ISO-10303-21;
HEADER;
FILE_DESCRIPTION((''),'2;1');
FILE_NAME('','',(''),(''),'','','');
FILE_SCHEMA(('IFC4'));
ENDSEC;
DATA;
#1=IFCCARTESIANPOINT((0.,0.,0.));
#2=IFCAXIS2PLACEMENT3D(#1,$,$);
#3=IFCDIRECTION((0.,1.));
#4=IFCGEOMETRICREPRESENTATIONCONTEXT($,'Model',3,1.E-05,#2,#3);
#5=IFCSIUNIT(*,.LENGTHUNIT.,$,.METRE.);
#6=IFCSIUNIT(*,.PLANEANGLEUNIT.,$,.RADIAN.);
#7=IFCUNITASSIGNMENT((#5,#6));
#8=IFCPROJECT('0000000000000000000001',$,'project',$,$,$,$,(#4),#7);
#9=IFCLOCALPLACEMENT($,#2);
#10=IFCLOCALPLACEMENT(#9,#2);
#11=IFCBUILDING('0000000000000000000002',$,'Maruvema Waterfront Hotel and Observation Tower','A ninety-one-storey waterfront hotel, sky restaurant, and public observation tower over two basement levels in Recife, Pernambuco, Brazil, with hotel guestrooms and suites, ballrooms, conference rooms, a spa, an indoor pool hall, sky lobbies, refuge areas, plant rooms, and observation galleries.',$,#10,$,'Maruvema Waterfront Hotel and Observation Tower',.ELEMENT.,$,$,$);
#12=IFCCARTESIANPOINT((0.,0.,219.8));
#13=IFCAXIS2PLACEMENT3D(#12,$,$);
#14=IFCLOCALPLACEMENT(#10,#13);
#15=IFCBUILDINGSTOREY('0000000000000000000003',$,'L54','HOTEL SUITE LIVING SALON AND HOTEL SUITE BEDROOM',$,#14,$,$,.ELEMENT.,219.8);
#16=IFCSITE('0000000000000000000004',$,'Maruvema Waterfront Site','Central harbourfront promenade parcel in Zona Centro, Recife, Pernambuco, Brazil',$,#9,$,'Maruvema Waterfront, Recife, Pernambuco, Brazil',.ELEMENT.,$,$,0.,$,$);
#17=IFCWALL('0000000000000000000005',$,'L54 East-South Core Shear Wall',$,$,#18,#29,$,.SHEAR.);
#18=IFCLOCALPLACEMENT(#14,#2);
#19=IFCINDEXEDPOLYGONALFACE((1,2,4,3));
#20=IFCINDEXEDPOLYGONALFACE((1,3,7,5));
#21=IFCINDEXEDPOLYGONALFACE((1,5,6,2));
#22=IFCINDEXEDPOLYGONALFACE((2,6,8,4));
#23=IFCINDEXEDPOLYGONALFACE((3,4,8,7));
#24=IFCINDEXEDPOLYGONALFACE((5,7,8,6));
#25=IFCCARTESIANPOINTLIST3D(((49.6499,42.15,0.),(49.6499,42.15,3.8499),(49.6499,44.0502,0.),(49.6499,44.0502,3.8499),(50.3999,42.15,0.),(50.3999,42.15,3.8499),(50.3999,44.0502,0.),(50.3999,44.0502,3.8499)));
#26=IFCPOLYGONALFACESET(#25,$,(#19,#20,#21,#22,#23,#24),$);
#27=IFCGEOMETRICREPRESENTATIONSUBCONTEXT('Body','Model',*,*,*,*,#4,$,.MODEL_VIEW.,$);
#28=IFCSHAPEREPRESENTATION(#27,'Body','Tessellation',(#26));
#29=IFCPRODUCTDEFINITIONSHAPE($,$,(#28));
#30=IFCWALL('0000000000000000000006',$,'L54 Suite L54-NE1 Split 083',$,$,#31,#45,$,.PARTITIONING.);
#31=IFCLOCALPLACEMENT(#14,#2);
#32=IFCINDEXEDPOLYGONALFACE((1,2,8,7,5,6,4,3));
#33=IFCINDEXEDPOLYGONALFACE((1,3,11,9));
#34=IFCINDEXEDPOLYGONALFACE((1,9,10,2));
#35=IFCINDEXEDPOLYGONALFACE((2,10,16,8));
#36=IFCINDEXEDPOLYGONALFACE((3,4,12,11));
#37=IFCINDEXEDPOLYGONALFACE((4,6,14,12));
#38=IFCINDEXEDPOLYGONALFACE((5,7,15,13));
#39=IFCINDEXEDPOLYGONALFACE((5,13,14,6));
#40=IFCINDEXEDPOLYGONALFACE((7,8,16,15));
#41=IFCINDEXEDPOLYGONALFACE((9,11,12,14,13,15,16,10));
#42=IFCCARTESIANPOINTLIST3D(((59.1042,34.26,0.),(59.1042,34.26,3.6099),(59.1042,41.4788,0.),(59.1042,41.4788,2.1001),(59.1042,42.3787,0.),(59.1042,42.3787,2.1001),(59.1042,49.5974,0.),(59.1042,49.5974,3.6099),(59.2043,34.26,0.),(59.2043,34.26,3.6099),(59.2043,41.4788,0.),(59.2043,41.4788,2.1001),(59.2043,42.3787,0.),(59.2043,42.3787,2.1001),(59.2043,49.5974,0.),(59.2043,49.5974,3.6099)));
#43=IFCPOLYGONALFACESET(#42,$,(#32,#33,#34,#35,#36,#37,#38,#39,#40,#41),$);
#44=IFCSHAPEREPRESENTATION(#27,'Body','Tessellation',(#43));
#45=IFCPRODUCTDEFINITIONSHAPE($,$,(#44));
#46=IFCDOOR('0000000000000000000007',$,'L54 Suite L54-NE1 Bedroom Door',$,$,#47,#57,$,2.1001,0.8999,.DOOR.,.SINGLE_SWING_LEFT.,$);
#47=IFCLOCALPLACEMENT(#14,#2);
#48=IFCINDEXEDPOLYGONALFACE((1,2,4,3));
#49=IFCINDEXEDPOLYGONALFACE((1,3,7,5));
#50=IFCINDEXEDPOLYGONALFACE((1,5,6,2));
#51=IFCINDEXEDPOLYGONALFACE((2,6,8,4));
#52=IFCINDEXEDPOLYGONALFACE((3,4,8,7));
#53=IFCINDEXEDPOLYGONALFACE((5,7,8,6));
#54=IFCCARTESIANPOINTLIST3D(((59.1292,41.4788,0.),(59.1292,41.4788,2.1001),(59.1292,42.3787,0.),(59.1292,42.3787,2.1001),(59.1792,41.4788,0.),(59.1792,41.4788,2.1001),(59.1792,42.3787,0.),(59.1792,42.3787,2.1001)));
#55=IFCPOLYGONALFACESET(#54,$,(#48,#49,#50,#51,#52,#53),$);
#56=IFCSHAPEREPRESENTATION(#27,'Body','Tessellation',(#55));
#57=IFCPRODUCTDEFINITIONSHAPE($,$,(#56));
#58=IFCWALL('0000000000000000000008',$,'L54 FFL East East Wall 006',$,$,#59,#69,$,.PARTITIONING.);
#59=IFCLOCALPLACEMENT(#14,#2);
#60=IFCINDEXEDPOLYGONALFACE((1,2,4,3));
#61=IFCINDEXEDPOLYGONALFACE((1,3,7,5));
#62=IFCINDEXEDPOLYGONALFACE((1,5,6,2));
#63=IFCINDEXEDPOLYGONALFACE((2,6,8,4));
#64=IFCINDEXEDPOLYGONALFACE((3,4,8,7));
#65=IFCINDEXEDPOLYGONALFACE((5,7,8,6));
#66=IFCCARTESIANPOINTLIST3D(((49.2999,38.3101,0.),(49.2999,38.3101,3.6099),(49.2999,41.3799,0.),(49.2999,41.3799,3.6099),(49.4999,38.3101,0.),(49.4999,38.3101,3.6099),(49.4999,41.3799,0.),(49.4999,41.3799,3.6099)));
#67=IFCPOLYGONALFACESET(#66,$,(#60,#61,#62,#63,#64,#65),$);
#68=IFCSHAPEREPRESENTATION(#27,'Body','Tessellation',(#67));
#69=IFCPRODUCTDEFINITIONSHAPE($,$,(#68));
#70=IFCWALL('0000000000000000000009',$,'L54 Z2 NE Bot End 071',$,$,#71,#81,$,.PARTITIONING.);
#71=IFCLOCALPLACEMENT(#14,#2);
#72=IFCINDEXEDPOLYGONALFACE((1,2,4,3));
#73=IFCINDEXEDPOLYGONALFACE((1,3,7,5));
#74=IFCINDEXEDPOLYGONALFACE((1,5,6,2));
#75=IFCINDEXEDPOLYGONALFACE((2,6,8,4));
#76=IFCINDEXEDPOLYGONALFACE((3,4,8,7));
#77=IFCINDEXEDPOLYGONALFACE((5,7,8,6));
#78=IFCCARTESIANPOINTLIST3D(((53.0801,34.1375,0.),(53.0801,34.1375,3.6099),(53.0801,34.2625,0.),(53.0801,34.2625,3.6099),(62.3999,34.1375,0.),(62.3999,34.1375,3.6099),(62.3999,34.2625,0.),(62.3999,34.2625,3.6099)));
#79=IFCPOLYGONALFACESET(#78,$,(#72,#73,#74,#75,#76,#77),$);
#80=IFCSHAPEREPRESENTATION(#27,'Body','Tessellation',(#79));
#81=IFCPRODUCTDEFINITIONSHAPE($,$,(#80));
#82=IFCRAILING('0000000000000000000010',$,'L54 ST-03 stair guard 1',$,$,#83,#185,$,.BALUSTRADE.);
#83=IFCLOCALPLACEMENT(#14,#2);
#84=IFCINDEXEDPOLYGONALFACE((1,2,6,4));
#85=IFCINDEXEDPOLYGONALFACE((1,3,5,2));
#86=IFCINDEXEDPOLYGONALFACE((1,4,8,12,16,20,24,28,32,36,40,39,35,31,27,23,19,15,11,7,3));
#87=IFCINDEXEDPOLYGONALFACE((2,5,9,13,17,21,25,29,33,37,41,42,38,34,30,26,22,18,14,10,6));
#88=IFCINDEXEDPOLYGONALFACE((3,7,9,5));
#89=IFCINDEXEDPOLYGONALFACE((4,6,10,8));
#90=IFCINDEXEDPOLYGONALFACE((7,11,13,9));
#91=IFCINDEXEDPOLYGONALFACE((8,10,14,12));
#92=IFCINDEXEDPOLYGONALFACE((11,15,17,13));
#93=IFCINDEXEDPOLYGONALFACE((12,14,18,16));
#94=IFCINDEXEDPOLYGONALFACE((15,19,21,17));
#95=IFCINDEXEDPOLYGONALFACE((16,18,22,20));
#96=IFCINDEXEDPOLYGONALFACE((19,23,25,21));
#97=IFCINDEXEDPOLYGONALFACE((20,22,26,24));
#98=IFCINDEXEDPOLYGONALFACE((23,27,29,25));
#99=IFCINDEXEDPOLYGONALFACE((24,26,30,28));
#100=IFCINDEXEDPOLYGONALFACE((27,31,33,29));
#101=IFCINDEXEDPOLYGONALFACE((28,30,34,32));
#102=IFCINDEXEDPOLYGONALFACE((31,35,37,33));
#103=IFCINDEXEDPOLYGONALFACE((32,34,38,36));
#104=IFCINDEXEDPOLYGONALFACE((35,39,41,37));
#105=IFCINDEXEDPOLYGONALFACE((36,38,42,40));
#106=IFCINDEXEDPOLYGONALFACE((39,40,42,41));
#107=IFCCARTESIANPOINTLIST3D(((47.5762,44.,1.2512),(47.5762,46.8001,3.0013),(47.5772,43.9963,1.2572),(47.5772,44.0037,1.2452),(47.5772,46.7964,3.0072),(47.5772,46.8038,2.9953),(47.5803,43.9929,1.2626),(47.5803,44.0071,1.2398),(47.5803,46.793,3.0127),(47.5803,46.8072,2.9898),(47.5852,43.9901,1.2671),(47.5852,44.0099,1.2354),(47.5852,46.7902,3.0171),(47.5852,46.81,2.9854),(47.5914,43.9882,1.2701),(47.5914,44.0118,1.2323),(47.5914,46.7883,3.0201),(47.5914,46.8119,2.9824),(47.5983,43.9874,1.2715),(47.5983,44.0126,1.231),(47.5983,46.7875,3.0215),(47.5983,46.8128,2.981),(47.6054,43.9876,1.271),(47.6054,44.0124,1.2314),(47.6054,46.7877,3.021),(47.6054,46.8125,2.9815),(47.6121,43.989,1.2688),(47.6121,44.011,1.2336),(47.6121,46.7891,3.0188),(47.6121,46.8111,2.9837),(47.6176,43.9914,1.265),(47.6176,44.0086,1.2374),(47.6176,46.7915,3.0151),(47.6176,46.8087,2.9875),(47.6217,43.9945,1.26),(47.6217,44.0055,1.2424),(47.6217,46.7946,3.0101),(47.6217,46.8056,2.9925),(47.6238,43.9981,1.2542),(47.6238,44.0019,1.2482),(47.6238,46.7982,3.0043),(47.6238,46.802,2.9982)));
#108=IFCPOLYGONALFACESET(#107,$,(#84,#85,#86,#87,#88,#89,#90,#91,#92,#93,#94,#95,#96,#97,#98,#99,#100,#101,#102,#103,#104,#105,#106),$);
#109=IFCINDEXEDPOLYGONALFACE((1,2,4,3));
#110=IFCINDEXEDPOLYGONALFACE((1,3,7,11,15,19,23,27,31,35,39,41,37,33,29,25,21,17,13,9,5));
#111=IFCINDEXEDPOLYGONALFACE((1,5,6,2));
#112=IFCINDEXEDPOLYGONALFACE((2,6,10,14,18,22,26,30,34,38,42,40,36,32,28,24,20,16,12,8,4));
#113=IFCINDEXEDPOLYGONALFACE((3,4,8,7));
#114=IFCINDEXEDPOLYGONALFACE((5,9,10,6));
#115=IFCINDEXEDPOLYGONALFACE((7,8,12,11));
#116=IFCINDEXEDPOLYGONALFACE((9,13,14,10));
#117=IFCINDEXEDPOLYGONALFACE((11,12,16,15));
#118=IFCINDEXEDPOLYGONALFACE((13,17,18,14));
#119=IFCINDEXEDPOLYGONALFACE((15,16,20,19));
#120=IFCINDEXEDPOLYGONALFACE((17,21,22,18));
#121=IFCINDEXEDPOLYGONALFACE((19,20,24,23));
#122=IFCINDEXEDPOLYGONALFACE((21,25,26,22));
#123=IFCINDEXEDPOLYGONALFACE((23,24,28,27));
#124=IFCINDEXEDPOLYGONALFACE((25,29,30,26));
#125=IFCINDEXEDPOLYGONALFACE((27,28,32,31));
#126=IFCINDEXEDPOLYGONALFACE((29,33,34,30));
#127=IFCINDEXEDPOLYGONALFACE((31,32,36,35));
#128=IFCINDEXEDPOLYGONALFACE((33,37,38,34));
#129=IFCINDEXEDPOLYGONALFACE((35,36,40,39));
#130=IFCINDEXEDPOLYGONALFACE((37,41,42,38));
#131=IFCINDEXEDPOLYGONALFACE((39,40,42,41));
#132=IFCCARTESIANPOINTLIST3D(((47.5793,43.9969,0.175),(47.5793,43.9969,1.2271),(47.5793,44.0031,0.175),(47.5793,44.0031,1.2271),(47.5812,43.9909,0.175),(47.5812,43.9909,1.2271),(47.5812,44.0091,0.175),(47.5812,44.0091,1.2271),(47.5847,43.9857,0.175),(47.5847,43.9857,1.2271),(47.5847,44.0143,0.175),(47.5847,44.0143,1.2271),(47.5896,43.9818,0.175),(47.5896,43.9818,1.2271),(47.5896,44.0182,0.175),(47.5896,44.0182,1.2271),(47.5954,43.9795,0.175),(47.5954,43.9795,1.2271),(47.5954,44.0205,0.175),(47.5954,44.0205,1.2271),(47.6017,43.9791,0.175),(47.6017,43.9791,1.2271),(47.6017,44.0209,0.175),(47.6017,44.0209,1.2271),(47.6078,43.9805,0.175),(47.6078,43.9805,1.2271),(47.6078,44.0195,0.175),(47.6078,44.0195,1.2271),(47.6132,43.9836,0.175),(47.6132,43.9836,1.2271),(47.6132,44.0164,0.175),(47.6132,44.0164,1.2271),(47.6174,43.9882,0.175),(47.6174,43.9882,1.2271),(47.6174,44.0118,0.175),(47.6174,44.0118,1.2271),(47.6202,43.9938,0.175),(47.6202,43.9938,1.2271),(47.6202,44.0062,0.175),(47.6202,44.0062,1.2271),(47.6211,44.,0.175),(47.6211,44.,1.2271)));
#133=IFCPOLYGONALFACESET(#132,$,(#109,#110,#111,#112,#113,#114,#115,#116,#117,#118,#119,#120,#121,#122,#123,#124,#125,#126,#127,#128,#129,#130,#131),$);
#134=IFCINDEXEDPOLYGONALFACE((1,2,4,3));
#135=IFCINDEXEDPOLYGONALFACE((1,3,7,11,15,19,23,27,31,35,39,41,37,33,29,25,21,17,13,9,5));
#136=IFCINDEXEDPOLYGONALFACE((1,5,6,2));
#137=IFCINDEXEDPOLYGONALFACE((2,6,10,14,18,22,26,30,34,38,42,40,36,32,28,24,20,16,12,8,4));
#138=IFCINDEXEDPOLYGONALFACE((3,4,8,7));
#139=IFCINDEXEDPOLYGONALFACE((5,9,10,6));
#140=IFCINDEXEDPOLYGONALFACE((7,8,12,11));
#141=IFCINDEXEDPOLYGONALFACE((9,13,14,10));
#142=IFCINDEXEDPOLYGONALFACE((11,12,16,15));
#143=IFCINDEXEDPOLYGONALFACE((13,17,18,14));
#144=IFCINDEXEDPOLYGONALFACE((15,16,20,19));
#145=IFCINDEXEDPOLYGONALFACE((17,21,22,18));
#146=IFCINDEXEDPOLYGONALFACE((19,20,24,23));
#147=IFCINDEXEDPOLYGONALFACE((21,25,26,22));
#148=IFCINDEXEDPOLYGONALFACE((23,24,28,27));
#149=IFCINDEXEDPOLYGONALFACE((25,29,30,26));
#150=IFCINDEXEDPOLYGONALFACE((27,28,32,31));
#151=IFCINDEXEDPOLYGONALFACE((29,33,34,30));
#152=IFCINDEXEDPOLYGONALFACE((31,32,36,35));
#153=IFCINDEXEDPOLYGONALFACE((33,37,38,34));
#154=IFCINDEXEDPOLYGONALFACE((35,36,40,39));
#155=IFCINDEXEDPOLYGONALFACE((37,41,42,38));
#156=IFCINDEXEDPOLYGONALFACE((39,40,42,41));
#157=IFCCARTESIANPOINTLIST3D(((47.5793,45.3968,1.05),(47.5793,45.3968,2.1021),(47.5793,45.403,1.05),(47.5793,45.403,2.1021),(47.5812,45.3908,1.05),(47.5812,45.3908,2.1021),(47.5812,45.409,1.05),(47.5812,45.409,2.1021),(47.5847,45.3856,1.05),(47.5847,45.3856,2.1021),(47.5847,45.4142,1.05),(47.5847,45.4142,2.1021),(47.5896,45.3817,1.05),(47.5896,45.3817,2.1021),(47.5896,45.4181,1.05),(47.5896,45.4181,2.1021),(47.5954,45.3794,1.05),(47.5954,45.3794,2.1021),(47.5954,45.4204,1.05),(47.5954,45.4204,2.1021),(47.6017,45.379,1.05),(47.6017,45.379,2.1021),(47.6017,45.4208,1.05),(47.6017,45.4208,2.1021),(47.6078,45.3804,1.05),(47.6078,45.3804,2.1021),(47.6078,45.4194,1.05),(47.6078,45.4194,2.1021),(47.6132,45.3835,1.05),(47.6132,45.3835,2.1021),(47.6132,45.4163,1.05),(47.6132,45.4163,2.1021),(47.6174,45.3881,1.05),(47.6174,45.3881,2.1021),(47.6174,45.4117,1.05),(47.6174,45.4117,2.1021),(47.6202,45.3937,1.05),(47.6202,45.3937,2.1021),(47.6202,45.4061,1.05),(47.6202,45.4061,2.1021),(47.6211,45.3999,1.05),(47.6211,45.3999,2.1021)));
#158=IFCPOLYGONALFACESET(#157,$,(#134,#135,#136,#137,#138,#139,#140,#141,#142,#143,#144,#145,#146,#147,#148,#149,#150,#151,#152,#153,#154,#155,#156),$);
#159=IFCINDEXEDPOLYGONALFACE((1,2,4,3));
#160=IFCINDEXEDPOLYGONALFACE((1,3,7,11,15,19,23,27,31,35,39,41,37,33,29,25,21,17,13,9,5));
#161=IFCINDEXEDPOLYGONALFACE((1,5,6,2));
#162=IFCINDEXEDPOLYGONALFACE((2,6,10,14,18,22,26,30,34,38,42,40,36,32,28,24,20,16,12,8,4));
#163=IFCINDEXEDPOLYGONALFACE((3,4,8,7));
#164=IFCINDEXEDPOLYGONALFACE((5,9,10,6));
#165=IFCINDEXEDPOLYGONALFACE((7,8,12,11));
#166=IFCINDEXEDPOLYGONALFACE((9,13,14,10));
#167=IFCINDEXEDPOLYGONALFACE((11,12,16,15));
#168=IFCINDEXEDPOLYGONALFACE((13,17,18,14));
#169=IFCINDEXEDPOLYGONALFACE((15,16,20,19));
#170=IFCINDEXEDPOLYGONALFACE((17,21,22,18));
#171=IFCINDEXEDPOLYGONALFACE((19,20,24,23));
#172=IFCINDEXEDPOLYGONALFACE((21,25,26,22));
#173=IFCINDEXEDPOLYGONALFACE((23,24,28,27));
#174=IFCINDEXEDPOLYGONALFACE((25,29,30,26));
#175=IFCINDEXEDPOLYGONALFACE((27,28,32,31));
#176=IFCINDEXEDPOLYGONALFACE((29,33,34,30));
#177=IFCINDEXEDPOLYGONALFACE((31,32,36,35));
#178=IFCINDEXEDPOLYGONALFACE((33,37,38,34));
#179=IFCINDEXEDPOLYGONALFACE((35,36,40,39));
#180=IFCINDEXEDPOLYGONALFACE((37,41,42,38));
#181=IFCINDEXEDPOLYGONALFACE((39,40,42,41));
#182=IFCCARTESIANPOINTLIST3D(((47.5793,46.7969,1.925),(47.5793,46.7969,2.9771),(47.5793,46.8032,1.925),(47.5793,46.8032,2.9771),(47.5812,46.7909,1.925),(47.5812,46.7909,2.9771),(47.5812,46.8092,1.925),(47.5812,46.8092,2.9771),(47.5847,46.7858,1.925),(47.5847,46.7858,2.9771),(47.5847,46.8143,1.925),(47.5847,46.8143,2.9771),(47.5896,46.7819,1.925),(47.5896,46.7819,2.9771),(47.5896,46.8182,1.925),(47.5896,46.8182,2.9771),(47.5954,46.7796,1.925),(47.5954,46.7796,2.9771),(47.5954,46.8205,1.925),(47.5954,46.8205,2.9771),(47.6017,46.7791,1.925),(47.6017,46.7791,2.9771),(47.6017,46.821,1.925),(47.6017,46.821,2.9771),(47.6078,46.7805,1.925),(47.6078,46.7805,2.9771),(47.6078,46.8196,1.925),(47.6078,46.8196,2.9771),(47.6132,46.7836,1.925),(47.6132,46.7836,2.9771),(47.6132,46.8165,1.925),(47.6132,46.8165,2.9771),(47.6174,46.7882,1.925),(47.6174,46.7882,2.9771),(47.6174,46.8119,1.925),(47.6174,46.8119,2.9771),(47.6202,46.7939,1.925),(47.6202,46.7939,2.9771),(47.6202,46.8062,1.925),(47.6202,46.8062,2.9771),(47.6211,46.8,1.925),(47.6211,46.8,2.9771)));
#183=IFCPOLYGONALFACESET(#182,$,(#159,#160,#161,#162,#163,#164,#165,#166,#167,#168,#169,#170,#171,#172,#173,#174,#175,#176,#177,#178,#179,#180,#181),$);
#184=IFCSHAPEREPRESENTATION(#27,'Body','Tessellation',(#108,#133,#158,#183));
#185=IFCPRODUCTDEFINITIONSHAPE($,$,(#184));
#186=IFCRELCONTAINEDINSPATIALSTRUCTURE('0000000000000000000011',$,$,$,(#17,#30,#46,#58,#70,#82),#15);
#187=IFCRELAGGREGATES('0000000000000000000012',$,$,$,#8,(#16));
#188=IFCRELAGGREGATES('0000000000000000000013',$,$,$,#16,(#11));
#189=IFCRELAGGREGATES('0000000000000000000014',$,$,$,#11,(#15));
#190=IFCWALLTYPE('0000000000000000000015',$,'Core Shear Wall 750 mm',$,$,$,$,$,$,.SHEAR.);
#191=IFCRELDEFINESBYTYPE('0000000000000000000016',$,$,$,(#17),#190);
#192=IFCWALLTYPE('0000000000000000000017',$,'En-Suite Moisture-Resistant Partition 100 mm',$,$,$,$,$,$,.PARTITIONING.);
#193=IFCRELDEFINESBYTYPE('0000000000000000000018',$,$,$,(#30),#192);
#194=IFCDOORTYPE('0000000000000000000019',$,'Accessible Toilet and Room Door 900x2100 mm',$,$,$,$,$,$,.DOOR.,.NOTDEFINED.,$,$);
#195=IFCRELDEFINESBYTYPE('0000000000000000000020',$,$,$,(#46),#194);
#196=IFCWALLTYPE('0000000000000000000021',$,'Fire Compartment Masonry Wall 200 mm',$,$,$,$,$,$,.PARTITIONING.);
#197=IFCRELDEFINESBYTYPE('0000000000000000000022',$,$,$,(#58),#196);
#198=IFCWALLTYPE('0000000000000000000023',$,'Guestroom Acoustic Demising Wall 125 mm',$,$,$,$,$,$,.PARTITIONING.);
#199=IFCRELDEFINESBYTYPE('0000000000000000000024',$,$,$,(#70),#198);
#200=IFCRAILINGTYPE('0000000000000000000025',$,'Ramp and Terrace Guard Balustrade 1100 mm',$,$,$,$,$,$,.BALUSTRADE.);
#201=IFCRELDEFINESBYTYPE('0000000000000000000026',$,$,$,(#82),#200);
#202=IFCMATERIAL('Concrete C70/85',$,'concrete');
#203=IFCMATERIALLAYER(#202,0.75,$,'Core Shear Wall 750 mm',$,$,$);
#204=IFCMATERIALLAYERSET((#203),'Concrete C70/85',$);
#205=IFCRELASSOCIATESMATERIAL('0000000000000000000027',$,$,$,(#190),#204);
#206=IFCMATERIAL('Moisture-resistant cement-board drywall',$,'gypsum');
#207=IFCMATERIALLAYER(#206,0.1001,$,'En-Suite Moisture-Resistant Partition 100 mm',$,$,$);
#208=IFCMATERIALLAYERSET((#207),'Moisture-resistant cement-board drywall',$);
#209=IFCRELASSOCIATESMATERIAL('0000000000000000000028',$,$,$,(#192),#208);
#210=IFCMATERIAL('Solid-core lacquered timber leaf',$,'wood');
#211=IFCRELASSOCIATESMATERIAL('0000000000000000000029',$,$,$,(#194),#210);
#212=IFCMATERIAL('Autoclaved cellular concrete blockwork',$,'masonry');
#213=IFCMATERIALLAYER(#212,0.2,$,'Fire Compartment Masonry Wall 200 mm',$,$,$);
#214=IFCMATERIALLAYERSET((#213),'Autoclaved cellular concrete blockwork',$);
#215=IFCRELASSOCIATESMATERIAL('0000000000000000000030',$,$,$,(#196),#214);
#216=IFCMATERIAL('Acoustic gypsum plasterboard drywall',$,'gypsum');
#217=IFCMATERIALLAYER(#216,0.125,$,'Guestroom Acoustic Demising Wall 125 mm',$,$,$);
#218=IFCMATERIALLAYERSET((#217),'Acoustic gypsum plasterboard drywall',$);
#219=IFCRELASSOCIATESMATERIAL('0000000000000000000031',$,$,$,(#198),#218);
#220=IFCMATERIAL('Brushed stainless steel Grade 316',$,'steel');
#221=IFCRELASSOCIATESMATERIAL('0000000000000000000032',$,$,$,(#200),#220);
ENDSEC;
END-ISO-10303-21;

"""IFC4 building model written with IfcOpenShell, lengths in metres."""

from ifc_helpers import new_model, si_unit, direction, frame, frame_2d, origin, origin_2d, place, context, subcontext, project, spatial, rectangle, circle, extrude, material, layer, layer_set, type_object, element, fill, save


model = new_model("IFC4")

# Units and contexts
model_context = context("Model", 3, precision=1e-05, world=origin(), true_north=direction((0.0, 1.0)))
body_context = subcontext(model_context, "Body", "Model", "MODEL_VIEW")
ifc_project = project(units=[si_unit("LENGTHUNIT", "METRE"), si_unit("PLANEANGLEUNIT", "RADIAN")], contexts=[model_context])

# Site, building, storey
site_placement = place(None, origin())
site = spatial("IfcSite", under=ifc_project, at=site_placement, Name="Maruvema Waterfront Site", Description="Central harbourfront promenade parcel in Zona Centro, Recife, Pernambuco, Brazil", LongName="Maruvema Waterfront, Recife, Pernambuco, Brazil", CompositionType="ELEMENT", RefElevation=0.0)
building_placement = place(site_placement, origin())
building = spatial("IfcBuilding", under=site, at=building_placement, Name="Maruvema Waterfront Hotel and Observation Tower", Description="A ninety-one-storey waterfront hotel, sky restaurant, and public observation tower over two basement levels in Recife, Pernambuco, Brazil, with hotel guestrooms and suites, ballrooms, conference rooms, a spa, an indoor pool hall, sky lobbies, refuge areas, plant rooms, and observation galleries.", LongName="Maruvema Waterfront Hotel and Observation Tower", CompositionType="ELEMENT")
storey_placement = place(building_placement, frame((0.0, 0.0, 219.8)))
storey = spatial("IfcBuildingStorey", under=building, at=storey_placement, Name="L54", Description="HOTEL SUITE LIVING SALON AND HOTEL SUITE BEDROOM", CompositionType="ELEMENT", Elevation=219.8)

# Wall
ifc_material_1 = material(Name="Concrete C70/85", Category="concrete")
ifc_layer_1 = layer(ifc_material_1, 0.75, Name="Core Shear Wall 750 mm")
ifc_layer_set_1 = layer_set([ifc_layer_1], Name="Concrete C70/85")
wall_type_1 = type_object("IfcWallType", Name="Core Shear Wall 750 mm", PredefinedType="SHEAR", material=ifc_layer_set_1)
wall_1_placement = place(storey_placement, frame((50.0249, 42.1499, 0.0), z_axis=(0.0, 0.0, 1.0), x_axis=(0.0, 1.0, 0.0)))
element("IfcWall", 1, at=wall_1_placement, inside=storey, type_object=wall_type_1, Name="L54 East-South Core Shear Wall", PredefinedType="SHEAR", context=body_context, shape_type="SweptSolid", body=[
    extrude(rectangle(XDim=1.9001, YDim=0.75, at=frame_2d((0.9502, 0.0))), origin(), (0.0, 0.0, 1.0), 3.8499),
])

# Wall, opening, door
ifc_material_2 = material(Name="Moisture-resistant cement-board drywall", Category="gypsum")
ifc_layer_2 = layer(ifc_material_2, 0.1001, Name="En-Suite Moisture-Resistant Partition 100 mm")
ifc_layer_set_2 = layer_set([ifc_layer_2], Name="Moisture-resistant cement-board drywall")
wall_type_2 = type_object("IfcWallType", Name="En-Suite Moisture-Resistant Partition 100 mm", PredefinedType="PARTITIONING", material=ifc_layer_set_2)
wall_2_placement = place(storey_placement, frame((59.1543, 34.26, 0.0), z_axis=(0.0, 0.0, 1.0), x_axis=(0.0, 1.0, 0.0)))
wall_2 = element("IfcWall", 2, at=wall_2_placement, inside=storey, type_object=wall_type_2, Name="L54 Suite L54-NE1 Split 083", PredefinedType="PARTITIONING", context=body_context, shape_type="SweptSolid", body=[
    extrude(rectangle(XDim=15.3374, YDim=0.1001, at=frame_2d((7.6687, 0.0))), origin(), (0.0, 0.0, 1.0), 3.6099),
])
opening_1_placement = place(wall_2_placement, frame((7.2188, 0.0, 0.0)))
opening_1 = element("IfcOpeningElement", 3, at=opening_1_placement, cuts=wall_2, PredefinedType="OPENING", context=body_context, shape_type="SweptSolid", body=[
    extrude(rectangle(XDim=0.8999, YDim=2.1001, at=frame_2d((0.45, 1.05))), frame((0.0, 0.0601, 0.0), z_axis=(0.0, -1.0, 0.0), x_axis=(1.0, 0.0, 0.0)), (0.0, 0.0, 1.0), 0.1201),
])
ifc_material_3 = material(Name="Solid-core lacquered timber leaf", Category="wood")
door_type_1 = type_object("IfcDoorType", Name="Accessible Toilet and Room Door 900x2100 mm", OperationType="NOTDEFINED", PredefinedType="DOOR", material=ifc_material_3)
door_1_placement = place(opening_1_placement, frame((0.8999, 0.0, 0.0), z_axis=(0.0, 0.0, 1.0), x_axis=(-1.0, 0.0, 0.0)))
door_1 = element("IfcDoor", 4, at=door_1_placement, inside=storey, type_object=door_type_1, Name="L54 Suite L54-NE1 Bedroom Door", OperationType="SINGLE_SWING_LEFT", OverallHeight=2.1001, OverallWidth=0.8999, PredefinedType="DOOR", context=body_context, shape_type="SweptSolid", body=[
    extrude(rectangle(XDim=0.8999, YDim=2.1001, at=frame_2d((0.45, 1.05))), frame((0.0, 0.0249, 0.0), z_axis=(0.0, -1.0, 0.0), x_axis=(1.0, 0.0, 0.0)), (0.0, 0.0, 1.0), 0.05),
])
fill(opening_1, door_1)

# Walls
ifc_material_4 = material(Name="Autoclaved cellular concrete blockwork", Category="masonry")
ifc_layer_3 = layer(ifc_material_4, 0.2, Name="Fire Compartment Masonry Wall 200 mm")
ifc_layer_set_3 = layer_set([ifc_layer_3], Name="Autoclaved cellular concrete blockwork")
wall_type_3 = type_object("IfcWallType", Name="Fire Compartment Masonry Wall 200 mm", PredefinedType="PARTITIONING", material=ifc_layer_set_3)
wall_3_placement = place(storey_placement, frame((49.3999, 38.3101, 0.0), z_axis=(0.0, 0.0, 1.0), x_axis=(0.0, 1.0, 0.0)))
element("IfcWall", 5, at=wall_3_placement, inside=storey, type_object=wall_type_3, Name="L54 FFL East East Wall 006", PredefinedType="PARTITIONING", context=body_context, shape_type="SweptSolid", body=[
    extrude(rectangle(XDim=3.0698, YDim=0.2, at=frame_2d((1.5349, 0.0))), origin(), (0.0, 0.0, 1.0), 3.6099),
])
ifc_material_5 = material(Name="Acoustic gypsum plasterboard drywall", Category="gypsum")
ifc_layer_4 = layer(ifc_material_5, 0.125, Name="Guestroom Acoustic Demising Wall 125 mm")
ifc_layer_set_4 = layer_set([ifc_layer_4], Name="Acoustic gypsum plasterboard drywall")
wall_type_4 = type_object("IfcWallType", Name="Guestroom Acoustic Demising Wall 125 mm", PredefinedType="PARTITIONING", material=ifc_layer_set_4)
wall_4_placement = place(storey_placement, frame((53.0801, 34.2, 0.0), z_axis=(0.0, 0.0, 1.0), x_axis=(1.0, 0.0, 0.0)))
element("IfcWall", 6, at=wall_4_placement, inside=storey, type_object=wall_type_4, Name="L54 Z2 NE Bot End 071", PredefinedType="PARTITIONING", context=body_context, shape_type="SweptSolid", body=[
    extrude(rectangle(XDim=9.3198, YDim=0.125, at=frame_2d((4.6599, 0.0))), origin(), (0.0, 0.0, 1.0), 3.6099),
])

# Railing
ifc_material_6 = material(Name="Brushed stainless steel Grade 316", Category="steel")
railing_type = type_object("IfcRailingType", Name="Ramp and Terrace Guard Balustrade 1100 mm", PredefinedType="BALUSTRADE", material=ifc_material_6)
railing_placement = place(storey_placement, frame((47.6001, 44.0, 0.175)))
element("IfcRailing", 7, at=railing_placement, inside=storey, type_object=railing_type, Name="L54 ST-03 stair guard 1", PredefinedType="BALUSTRADE", context=body_context, shape_type="SweptSolid", body=[
    extrude(circle(Radius=0.0239, at=origin_2d()), frame((0.0, 0.0, 1.0762), z_axis=(0.0, 0.848002, 0.529992), x_axis=(-1.0, 0.0, 0.0)), (0.0, 0.0, 1.0), 3.302),
    extrude(circle(Radius=0.021, at=origin_2d()), origin(), (0.0, 0.0, 1.0), 1.052),
    extrude(circle(Radius=0.021, at=origin_2d()), frame((0.0, 1.3999, 0.875)), (0.0, 0.0, 1.0), 1.052),
    extrude(circle(Radius=0.021, at=origin_2d()), frame((0.0, 2.8, 1.75)), (0.0, 0.0, 1.0), 1.052),
])

save(model, "model.ifc")
